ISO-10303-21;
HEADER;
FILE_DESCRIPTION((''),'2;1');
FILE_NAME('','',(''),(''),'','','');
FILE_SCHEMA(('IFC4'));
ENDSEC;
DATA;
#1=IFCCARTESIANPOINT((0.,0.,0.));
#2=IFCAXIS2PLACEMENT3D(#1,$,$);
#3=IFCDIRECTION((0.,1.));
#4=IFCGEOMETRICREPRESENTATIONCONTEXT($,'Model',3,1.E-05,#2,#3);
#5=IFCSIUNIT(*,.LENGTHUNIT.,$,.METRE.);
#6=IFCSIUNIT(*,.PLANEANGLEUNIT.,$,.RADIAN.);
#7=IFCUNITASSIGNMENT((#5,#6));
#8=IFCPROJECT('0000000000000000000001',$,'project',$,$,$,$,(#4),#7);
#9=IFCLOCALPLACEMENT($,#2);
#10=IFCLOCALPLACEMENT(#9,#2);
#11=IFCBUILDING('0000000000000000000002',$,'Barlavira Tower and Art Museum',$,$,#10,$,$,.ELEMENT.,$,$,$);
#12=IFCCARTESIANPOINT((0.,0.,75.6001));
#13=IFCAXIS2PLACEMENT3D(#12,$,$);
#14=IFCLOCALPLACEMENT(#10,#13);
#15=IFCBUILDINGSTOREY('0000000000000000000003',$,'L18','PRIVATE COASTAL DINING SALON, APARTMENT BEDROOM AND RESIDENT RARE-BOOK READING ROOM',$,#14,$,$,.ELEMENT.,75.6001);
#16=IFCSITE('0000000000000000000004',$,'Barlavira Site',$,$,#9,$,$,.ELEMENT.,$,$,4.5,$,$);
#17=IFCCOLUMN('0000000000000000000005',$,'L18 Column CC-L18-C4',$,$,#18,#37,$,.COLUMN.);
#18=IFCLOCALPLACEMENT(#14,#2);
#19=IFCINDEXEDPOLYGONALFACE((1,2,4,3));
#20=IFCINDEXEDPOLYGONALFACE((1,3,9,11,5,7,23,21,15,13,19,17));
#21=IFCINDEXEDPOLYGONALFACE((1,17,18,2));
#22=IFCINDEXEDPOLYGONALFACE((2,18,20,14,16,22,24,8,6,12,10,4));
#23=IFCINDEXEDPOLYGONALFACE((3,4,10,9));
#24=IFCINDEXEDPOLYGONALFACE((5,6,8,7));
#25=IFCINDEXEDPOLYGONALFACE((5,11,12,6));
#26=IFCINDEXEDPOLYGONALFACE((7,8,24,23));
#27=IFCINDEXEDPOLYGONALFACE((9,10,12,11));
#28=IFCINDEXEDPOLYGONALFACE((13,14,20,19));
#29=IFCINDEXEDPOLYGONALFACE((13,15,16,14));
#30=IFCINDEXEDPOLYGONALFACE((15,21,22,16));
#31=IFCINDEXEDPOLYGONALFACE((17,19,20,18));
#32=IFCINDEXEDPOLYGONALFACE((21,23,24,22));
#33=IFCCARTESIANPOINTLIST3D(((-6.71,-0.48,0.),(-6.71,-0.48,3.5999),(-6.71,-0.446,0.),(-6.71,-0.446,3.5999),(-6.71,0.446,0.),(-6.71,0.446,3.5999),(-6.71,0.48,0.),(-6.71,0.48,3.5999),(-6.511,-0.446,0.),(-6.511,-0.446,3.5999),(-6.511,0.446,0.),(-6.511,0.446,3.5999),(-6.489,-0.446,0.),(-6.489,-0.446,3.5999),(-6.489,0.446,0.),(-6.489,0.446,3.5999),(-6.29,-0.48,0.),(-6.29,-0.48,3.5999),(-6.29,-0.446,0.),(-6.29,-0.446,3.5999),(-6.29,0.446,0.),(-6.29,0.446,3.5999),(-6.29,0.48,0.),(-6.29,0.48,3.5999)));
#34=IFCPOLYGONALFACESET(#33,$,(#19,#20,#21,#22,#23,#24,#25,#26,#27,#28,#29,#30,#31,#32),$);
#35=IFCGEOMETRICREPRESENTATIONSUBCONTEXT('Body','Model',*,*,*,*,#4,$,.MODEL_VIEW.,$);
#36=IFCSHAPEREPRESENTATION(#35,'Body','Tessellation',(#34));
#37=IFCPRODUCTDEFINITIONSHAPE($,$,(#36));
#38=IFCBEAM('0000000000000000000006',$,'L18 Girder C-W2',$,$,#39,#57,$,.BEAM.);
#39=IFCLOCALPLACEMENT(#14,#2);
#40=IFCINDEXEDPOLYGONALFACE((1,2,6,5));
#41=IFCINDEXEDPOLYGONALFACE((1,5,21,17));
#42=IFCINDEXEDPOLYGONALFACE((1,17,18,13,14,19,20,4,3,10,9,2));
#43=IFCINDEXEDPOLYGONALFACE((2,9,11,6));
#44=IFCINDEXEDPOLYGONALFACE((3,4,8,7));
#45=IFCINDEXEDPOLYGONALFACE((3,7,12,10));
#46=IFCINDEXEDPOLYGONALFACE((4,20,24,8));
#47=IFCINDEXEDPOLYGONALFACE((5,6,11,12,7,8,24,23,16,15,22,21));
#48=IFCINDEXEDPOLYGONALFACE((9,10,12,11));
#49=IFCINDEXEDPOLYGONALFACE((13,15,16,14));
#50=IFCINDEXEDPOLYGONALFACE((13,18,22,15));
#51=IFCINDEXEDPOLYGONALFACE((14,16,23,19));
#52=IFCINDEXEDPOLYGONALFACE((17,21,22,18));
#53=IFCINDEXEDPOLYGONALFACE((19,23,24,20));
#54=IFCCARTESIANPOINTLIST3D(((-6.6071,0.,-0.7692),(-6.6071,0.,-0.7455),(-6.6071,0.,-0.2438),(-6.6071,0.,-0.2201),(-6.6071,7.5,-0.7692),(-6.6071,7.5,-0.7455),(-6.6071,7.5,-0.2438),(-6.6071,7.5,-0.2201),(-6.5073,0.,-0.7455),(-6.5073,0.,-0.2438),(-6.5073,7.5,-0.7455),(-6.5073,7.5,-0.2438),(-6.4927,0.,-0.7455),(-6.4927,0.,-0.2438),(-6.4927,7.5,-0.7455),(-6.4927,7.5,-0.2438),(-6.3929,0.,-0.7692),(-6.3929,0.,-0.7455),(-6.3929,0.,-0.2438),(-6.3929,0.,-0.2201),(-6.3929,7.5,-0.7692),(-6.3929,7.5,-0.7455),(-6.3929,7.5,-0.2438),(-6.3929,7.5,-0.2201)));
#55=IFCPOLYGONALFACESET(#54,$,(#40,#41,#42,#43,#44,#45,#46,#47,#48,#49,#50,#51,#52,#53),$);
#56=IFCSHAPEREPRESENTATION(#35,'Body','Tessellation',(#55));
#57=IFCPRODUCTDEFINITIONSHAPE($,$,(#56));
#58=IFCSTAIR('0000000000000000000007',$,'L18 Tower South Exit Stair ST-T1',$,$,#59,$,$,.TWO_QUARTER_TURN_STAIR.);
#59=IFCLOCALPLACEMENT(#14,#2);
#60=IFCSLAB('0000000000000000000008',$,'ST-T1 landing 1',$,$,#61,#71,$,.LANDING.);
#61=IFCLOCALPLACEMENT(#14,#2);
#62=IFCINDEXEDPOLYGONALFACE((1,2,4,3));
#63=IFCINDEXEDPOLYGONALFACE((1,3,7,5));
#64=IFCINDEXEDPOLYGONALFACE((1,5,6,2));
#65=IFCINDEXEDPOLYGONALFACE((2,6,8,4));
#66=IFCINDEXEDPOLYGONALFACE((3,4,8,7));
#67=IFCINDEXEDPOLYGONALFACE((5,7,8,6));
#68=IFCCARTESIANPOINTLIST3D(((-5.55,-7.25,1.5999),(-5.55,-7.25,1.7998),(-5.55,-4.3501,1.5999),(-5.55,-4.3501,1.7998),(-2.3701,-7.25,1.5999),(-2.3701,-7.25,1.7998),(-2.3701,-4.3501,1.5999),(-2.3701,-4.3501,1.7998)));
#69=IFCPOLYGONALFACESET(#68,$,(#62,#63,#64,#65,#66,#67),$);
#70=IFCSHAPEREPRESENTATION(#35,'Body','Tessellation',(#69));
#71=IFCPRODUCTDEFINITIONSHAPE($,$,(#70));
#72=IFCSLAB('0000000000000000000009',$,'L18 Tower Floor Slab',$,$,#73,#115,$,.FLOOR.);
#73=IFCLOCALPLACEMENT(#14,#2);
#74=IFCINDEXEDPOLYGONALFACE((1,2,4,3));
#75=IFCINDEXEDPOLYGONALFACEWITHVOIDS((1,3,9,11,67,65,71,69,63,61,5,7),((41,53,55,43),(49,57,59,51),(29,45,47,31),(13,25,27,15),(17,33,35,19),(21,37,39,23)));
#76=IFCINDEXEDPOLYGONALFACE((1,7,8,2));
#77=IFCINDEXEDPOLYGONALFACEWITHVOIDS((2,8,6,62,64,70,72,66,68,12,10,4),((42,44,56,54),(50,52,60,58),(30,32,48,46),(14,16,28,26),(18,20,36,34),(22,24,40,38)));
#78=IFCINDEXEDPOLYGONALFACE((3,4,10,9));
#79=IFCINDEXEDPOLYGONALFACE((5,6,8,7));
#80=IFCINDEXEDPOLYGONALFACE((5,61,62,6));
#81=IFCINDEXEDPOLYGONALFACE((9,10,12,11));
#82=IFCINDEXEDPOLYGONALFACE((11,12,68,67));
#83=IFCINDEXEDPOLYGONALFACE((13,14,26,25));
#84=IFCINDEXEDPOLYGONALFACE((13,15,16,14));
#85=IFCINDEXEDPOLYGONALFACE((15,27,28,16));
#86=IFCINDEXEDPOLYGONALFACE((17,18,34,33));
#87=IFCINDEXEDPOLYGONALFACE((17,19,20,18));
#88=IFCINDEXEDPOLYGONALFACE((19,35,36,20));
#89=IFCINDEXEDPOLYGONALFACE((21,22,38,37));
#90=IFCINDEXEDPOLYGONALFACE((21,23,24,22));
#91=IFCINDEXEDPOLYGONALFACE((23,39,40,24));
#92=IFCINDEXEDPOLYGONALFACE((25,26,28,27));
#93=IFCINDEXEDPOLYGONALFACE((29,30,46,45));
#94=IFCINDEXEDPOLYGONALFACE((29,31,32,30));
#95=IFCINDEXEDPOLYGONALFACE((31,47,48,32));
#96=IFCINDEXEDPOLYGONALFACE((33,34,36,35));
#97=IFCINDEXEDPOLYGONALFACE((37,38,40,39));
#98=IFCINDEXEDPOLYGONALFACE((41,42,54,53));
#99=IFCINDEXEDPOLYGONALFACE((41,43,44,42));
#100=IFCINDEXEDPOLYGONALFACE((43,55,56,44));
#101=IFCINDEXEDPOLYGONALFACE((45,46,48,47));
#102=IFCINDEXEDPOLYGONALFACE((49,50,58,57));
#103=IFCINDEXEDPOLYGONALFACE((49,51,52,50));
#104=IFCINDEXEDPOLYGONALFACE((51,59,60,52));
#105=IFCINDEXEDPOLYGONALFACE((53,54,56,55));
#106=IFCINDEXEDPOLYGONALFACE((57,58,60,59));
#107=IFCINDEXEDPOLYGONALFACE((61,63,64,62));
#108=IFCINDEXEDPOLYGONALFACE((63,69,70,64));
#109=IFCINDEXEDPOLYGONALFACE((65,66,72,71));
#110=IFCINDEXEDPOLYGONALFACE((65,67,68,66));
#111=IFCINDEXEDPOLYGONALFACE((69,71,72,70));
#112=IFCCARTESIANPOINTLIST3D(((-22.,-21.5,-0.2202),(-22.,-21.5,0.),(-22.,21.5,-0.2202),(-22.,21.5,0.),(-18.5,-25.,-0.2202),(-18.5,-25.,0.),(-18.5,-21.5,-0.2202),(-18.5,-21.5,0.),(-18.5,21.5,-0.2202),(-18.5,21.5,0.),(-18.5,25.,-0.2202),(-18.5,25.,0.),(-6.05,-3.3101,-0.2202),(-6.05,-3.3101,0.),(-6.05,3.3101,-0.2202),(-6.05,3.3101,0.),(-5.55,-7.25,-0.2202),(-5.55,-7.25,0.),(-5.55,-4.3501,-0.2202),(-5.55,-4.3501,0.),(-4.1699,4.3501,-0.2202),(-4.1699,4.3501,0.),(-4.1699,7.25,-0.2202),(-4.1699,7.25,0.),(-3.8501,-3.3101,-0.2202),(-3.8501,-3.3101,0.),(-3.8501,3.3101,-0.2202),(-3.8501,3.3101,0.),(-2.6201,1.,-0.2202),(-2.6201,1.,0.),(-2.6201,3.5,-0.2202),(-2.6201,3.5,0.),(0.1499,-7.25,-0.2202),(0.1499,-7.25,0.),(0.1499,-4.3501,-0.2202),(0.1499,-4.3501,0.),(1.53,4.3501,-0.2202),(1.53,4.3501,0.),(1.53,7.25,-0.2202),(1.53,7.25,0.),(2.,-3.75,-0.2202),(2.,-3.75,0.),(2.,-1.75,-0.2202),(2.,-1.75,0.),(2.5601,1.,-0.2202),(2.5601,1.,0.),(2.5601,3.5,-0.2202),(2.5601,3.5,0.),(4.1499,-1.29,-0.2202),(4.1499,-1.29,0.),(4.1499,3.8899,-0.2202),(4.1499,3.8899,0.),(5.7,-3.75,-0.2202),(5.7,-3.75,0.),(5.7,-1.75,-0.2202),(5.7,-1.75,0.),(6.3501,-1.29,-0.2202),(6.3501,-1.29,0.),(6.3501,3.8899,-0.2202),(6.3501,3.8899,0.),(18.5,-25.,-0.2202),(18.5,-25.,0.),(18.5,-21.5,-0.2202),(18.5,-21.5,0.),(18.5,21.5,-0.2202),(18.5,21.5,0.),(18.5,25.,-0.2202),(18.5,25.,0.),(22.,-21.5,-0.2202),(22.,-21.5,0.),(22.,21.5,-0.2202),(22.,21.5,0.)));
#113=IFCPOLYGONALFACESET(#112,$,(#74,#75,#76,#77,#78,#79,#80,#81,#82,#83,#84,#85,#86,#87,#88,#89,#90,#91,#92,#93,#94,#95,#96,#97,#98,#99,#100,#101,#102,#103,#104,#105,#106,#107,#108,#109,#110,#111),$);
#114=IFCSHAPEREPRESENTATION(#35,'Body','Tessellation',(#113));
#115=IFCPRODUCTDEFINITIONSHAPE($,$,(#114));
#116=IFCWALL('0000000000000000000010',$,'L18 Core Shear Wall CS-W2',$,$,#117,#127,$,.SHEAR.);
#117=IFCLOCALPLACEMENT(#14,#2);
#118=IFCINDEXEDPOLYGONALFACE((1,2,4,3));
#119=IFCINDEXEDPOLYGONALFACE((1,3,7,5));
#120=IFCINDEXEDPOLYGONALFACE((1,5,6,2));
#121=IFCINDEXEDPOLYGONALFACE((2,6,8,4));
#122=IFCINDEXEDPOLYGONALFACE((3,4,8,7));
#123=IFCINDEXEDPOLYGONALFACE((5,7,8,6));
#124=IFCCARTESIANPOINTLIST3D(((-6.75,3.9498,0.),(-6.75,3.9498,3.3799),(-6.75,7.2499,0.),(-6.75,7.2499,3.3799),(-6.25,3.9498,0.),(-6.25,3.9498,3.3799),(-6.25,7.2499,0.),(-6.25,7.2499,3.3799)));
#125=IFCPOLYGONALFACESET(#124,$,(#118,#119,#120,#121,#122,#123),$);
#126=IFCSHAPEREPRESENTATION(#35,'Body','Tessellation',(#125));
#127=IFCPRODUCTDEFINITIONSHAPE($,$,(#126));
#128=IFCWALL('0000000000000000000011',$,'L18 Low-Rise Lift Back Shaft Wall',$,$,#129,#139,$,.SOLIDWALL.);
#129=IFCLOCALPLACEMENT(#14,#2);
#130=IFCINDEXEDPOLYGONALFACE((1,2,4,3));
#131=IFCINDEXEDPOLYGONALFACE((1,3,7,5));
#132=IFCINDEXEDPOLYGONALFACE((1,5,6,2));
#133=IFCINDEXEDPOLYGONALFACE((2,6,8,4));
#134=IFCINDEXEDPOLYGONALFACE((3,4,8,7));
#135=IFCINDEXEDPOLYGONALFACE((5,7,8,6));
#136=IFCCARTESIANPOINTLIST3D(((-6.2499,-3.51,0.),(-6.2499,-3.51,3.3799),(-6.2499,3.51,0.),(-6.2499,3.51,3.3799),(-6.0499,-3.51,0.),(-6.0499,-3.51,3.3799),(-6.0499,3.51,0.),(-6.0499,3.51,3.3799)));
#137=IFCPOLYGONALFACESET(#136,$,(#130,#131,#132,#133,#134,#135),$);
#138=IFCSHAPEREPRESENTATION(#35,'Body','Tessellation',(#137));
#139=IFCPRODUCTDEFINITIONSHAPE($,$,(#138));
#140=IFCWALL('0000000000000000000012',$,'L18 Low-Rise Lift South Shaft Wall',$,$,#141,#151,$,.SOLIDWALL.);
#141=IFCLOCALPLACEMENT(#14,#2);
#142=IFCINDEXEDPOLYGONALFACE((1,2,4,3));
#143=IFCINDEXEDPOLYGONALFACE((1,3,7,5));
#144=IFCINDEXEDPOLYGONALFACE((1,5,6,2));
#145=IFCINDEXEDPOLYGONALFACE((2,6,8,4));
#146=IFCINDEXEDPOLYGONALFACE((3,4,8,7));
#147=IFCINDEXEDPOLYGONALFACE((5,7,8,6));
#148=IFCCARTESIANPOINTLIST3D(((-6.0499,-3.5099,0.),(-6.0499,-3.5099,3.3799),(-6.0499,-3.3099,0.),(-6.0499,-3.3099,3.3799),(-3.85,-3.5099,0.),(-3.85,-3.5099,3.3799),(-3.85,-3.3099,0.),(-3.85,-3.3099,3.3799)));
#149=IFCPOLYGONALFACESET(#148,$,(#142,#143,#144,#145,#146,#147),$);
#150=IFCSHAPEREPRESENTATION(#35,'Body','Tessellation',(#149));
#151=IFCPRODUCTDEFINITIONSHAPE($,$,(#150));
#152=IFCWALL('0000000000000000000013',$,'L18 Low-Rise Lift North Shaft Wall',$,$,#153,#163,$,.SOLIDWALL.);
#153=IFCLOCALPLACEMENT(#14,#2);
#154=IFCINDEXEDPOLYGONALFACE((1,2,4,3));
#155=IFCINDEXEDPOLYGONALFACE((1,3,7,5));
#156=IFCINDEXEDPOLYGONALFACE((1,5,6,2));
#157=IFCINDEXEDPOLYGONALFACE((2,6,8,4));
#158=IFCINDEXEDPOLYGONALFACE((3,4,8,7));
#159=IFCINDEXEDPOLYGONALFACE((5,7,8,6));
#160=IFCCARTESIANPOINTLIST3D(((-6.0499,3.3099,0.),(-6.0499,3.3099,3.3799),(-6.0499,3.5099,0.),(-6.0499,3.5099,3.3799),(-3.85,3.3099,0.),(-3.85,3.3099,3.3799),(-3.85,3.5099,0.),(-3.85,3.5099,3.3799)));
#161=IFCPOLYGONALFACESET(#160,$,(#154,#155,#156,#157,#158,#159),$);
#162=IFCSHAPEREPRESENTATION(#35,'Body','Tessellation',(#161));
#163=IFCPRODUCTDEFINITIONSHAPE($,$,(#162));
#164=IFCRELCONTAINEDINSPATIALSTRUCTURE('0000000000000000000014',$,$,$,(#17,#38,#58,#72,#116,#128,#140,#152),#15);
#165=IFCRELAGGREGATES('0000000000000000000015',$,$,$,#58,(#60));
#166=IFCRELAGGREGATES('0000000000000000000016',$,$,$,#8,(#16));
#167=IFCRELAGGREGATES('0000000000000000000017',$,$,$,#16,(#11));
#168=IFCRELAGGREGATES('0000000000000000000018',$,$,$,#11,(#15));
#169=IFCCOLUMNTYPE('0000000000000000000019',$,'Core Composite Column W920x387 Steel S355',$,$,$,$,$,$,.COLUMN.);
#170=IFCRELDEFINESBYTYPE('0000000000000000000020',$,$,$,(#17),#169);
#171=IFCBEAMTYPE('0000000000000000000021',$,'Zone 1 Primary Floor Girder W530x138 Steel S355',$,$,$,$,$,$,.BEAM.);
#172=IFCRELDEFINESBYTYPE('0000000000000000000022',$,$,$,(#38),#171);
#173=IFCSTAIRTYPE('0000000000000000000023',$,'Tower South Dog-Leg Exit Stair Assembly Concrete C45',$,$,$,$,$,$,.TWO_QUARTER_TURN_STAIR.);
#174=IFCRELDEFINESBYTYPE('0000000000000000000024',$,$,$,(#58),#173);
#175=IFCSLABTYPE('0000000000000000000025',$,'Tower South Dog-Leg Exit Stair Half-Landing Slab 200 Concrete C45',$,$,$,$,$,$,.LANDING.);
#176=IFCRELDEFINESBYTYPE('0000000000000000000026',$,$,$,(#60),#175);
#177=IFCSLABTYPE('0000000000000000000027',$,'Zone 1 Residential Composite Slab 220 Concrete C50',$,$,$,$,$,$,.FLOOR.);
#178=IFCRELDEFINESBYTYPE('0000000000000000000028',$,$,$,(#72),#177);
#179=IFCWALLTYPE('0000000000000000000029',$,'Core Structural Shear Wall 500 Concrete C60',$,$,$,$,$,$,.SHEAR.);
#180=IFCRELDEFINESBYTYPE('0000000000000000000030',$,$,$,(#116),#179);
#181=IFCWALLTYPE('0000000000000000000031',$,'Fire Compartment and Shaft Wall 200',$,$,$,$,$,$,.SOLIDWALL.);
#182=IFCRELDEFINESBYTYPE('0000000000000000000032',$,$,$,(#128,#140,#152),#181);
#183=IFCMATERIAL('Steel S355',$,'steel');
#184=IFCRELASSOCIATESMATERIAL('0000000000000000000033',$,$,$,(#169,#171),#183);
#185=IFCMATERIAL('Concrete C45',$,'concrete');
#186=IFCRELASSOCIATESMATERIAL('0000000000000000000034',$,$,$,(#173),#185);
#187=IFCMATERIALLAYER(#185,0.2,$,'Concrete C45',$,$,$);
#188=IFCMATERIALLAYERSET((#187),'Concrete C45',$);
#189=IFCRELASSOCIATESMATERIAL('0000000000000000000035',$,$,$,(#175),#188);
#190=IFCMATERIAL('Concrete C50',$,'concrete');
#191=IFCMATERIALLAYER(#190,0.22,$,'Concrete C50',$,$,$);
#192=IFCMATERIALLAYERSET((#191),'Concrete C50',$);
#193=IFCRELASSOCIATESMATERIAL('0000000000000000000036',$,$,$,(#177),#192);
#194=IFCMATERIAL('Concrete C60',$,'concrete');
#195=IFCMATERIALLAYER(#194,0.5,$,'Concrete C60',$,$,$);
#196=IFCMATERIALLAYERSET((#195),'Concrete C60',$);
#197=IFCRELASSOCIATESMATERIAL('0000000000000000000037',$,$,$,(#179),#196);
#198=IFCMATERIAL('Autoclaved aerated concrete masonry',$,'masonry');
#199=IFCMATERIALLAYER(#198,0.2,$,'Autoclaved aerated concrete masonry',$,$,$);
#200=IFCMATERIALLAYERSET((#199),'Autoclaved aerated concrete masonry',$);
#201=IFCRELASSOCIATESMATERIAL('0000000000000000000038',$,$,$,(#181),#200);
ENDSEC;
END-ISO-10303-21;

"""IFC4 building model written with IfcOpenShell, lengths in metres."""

from ifc_helpers import new_model, si_unit, direction, frame, frame_2d, origin, origin_2d, place, context, subcontext, project, spatial, polyline, rectangle, i_section, outline, extrude, material, layer, layer_set, material_profile, profile_set, type_object, element, aggregate, save


model = new_model("IFC4")

# Units and contexts
model_context = context("Model", 3, precision=1e-05, world=origin(), true_north=direction((0.0, 1.0)))
body_context = subcontext(model_context, "Body", "Model", "MODEL_VIEW")
ifc_project = project(units=[si_unit("LENGTHUNIT", "METRE"), si_unit("PLANEANGLEUNIT", "RADIAN")], contexts=[model_context])

# Site, building, storey
site_placement = place(None, origin())
site = spatial("IfcSite", under=ifc_project, at=site_placement, Name="Barlavira Site", CompositionType="ELEMENT", RefElevation=4.5)
building_placement = place(site_placement, origin())
building = spatial("IfcBuilding", under=site, at=building_placement, Name="Barlavira Tower and Art Museum", CompositionType="ELEMENT")
storey_placement = place(building_placement, frame((0.0, 0.0, 75.6001)))
storey = spatial("IfcBuildingStorey", under=building, at=storey_placement, Name="L18", Description="PRIVATE COASTAL DINING SALON, APARTMENT BEDROOM AND RESIDENT RARE-BOOK READING ROOM", CompositionType="ELEMENT", Elevation=75.6001)

# Column
ifc_material_1 = material(Name="Steel S355", Category="steel")
ifc_material_profile_1 = material_profile(ifc_material_1, i_section(OverallWidth=0.4199, OverallDepth=0.96, WebThickness=0.022, FlangeThickness=0.0339, at=origin_2d()), Name="W920x387.0")
ifc_profile_set_1 = profile_set([ifc_material_profile_1], Name="Steel S355")
column_type = type_object("IfcColumnType", Name="Core Composite Column W920x387 Steel S355", PredefinedType="COLUMN", material=ifc_profile_set_1)
column_placement = place(storey_placement, frame((-6.5, 0.0, 0.0), z_axis=(0.0, 0.0, 1.0), x_axis=(1.0, 0.0, 0.0)))
element("IfcColumn", 1, at=column_placement, inside=storey, type_object=column_type, Name="L18 Column CC-L18-C4", PredefinedType="COLUMN", context=body_context, shape_type="SweptSolid", body=[
    extrude(i_section(OverallWidth=0.4199, OverallDepth=0.96, WebThickness=0.022, FlangeThickness=0.0339, at=origin_2d()), origin(), (0.0, 0.0, 1.0), 3.5999),
])

# Beam
ifc_material_profile_2 = material_profile(ifc_material_1, i_section(OverallWidth=0.2141, OverallDepth=0.5491, WebThickness=0.0146, FlangeThickness=0.0237, at=origin_2d()), Name="W530x138.0")
ifc_profile_set_2 = profile_set([ifc_material_profile_2], Name="Steel S355")
beam_type = type_object("IfcBeamType", Name="Zone 1 Primary Floor Girder W530x138 Steel S355", PredefinedType="BEAM", material=ifc_profile_set_2)
beam_placement = place(storey_placement, frame((-6.5, 0.0, -0.4946), z_axis=(0.0, 1.0, 0.0), x_axis=(-1.0, 0.0, 0.0)))
element("IfcBeam", 2, at=beam_placement, inside=storey, type_object=beam_type, Name="L18 Girder C-W2", PredefinedType="BEAM", context=body_context, shape_type="SweptSolid", body=[
    extrude(i_section(OverallWidth=0.2141, OverallDepth=0.5491, WebThickness=0.0146, FlangeThickness=0.0237, at=origin_2d()), origin(), (0.0, 0.0, 1.0), 7.5),
])

# Stair, slab
ifc_material_2 = material(Name="Concrete C45", Category="concrete")
stair_type_1 = type_object("IfcStairType", Name="Tower South Dog-Leg Exit Stair Assembly Concrete C45", PredefinedType="TWO_QUARTER_TURN_STAIR", material=ifc_material_2)
stair_1_placement = place(storey_placement, origin())
stair_1 = element("IfcStair", 3, at=stair_1_placement, inside=storey, type_object=stair_type_1, Name="L18 Tower South Exit Stair ST-T1", PredefinedType="TWO_QUARTER_TURN_STAIR")
ifc_layer_1 = layer(ifc_material_2, 0.2, Name="Concrete C45")
ifc_layer_set_1 = layer_set([ifc_layer_1], Name="Concrete C45")
slab_type_1 = type_object("IfcSlabType", Name="Tower South Dog-Leg Exit Stair Half-Landing Slab 200 Concrete C45", PredefinedType="LANDING", material=ifc_layer_set_1)
slab_1_placement = place(storey_placement, frame((0.0, 0.0, 1.5999)))
slab_1 = element("IfcSlab", 4, at=slab_1_placement, type_object=slab_type_1, Name="ST-T1 landing 1", PredefinedType="LANDING", context=body_context, shape_type="SweptSolid", body=[
    extrude(outline(polyline([(-2.3701, -4.3501), (-5.55, -4.3501), (-5.55, -7.25), (-2.3701, -7.25), (-2.3701, -4.3501)])), origin(), (0.0, 0.0, 1.0), 0.2),
])
aggregate(stair_1, [slab_1])

# Slab
ifc_material_3 = material(Name="Concrete C50", Category="concrete")
ifc_layer_2 = layer(ifc_material_3, 0.22, Name="Concrete C50")
ifc_layer_set_2 = layer_set([ifc_layer_2], Name="Concrete C50")
slab_type_2 = type_object("IfcSlabType", Name="Zone 1 Residential Composite Slab 220 Concrete C50", PredefinedType="FLOOR", material=ifc_layer_set_2)
slab_2_placement = place(storey_placement, frame((0.0, 0.0, -0.2202)))
element("IfcSlab", 5, at=slab_2_placement, inside=storey, type_object=slab_type_2, Name="L18 Tower Floor Slab", PredefinedType="FLOOR", context=body_context, shape_type="SweptSolid", body=[
    extrude(outline(polyline([(-18.5, -25.0), (18.5, -25.0), (18.5, -21.5), (22.0, -21.5), (22.0, 21.5), (18.5, 21.5), (18.5, 25.0), (-18.5, 25.0), (-18.5, 21.5), (-22.0, 21.5), (-22.0, -21.5), (-18.5, -21.5), (-18.5, -25.0)]), holes=[polyline([(0.1499, -4.3501), (-5.55, -4.3501), (-5.55, -7.25), (0.1499, -7.25), (0.1499, -4.3501)]), polyline([(-4.1699, 4.3501), (1.53, 4.3501), (1.53, 7.25), (-4.1699, 7.25), (-4.1699, 4.3501)]), polyline([(-6.05, -3.3101), (-3.8501, -3.3101), (-3.8501, 3.3101), (-6.05, 3.3101), (-6.05, -3.3101)]), polyline([(4.1499, -1.29), (6.3501, -1.29), (6.3501, 3.8899), (4.1499, 3.8899), (4.1499, -1.29)]), polyline([(-2.6201, 1.0), (2.5601, 1.0), (2.5601, 3.5), (-2.6201, 3.5), (-2.6201, 1.0)]), polyline([(2.0, -3.75), (5.7, -3.75), (5.7, -1.75), (2.0, -1.75), (2.0, -3.75)])]), origin(), (0.0, 0.0, 1.0), 0.2202),
])

# Walls
ifc_material_4 = material(Name="Concrete C60", Category="concrete")
ifc_layer_3 = layer(ifc_material_4, 0.5, Name="Concrete C60")
ifc_layer_set_3 = layer_set([ifc_layer_3], Name="Concrete C60")
wall_type_1 = type_object("IfcWallType", Name="Core Structural Shear Wall 500 Concrete C60", PredefinedType="SHEAR", material=ifc_layer_set_3)
wall_1_placement = place(storey_placement, frame((-6.5, 3.95, 0.0), z_axis=(0.0, 0.0, 1.0), x_axis=(0.0, 1.0, 0.0)))
element("IfcWall", 6, at=wall_1_placement, inside=storey, type_object=wall_type_1, Name="L18 Core Shear Wall CS-W2", PredefinedType="SHEAR", context=body_context, shape_type="SweptSolid", body=[
    extrude(rectangle(XDim=3.3, YDim=0.5, at=frame_2d((1.6499, 0.0))), origin(), (0.0, 0.0, 1.0), 3.3799),
])
ifc_material_5 = material(Name="Autoclaved aerated concrete masonry", Category="masonry")
ifc_layer_4 = layer(ifc_material_5, 0.2, Name="Autoclaved aerated concrete masonry")
ifc_layer_set_4 = layer_set([ifc_layer_4], Name="Autoclaved aerated concrete masonry")
wall_type_2 = type_object("IfcWallType", Name="Fire Compartment and Shaft Wall 200", PredefinedType="SOLIDWALL", material=ifc_layer_set_4)
wall_2_placement = place(storey_placement, frame((-6.1499, -3.51, 0.0), z_axis=(0.0, 0.0, 1.0), x_axis=(0.0, 1.0, 0.0)))
element("IfcWall", 7, at=wall_2_placement, inside=storey, type_object=wall_type_2, Name="L18 Low-Rise Lift Back Shaft Wall", PredefinedType="SOLIDWALL", context=body_context, shape_type="SweptSolid", body=[
    extrude(rectangle(XDim=7.02, YDim=0.2, at=frame_2d((3.51, 0.0))), origin(), (0.0, 0.0, 1.0), 3.3799),
])
for number, where, z_axis, x_axis, name in (
    (8, (-6.05, -3.4099, 0.0), (0.0, 0.0, 1.0), (1.0, 0.0, 0.0), "L18 Low-Rise Lift South Shaft Wall"),
    (9, (-6.05, 3.4099, 0.0), (0.0, 0.0, 1.0), (1.0, 0.0, 0.0), "L18 Low-Rise Lift North Shaft Wall"),
):
    element("IfcWall", number, at=place(storey_placement, frame(where, z_axis=z_axis, x_axis=x_axis)), inside=storey, type_object=wall_type_2, Name=name, PredefinedType="SOLIDWALL", context=body_context, shape_type="SweptSolid", body=[
        extrude(rectangle(XDim=2.2, YDim=0.2, at=frame_2d((1.1001, 0.0))), origin(), (0.0, 0.0, 1.0), 3.3799),
    ])

save(model, "model.ifc")
